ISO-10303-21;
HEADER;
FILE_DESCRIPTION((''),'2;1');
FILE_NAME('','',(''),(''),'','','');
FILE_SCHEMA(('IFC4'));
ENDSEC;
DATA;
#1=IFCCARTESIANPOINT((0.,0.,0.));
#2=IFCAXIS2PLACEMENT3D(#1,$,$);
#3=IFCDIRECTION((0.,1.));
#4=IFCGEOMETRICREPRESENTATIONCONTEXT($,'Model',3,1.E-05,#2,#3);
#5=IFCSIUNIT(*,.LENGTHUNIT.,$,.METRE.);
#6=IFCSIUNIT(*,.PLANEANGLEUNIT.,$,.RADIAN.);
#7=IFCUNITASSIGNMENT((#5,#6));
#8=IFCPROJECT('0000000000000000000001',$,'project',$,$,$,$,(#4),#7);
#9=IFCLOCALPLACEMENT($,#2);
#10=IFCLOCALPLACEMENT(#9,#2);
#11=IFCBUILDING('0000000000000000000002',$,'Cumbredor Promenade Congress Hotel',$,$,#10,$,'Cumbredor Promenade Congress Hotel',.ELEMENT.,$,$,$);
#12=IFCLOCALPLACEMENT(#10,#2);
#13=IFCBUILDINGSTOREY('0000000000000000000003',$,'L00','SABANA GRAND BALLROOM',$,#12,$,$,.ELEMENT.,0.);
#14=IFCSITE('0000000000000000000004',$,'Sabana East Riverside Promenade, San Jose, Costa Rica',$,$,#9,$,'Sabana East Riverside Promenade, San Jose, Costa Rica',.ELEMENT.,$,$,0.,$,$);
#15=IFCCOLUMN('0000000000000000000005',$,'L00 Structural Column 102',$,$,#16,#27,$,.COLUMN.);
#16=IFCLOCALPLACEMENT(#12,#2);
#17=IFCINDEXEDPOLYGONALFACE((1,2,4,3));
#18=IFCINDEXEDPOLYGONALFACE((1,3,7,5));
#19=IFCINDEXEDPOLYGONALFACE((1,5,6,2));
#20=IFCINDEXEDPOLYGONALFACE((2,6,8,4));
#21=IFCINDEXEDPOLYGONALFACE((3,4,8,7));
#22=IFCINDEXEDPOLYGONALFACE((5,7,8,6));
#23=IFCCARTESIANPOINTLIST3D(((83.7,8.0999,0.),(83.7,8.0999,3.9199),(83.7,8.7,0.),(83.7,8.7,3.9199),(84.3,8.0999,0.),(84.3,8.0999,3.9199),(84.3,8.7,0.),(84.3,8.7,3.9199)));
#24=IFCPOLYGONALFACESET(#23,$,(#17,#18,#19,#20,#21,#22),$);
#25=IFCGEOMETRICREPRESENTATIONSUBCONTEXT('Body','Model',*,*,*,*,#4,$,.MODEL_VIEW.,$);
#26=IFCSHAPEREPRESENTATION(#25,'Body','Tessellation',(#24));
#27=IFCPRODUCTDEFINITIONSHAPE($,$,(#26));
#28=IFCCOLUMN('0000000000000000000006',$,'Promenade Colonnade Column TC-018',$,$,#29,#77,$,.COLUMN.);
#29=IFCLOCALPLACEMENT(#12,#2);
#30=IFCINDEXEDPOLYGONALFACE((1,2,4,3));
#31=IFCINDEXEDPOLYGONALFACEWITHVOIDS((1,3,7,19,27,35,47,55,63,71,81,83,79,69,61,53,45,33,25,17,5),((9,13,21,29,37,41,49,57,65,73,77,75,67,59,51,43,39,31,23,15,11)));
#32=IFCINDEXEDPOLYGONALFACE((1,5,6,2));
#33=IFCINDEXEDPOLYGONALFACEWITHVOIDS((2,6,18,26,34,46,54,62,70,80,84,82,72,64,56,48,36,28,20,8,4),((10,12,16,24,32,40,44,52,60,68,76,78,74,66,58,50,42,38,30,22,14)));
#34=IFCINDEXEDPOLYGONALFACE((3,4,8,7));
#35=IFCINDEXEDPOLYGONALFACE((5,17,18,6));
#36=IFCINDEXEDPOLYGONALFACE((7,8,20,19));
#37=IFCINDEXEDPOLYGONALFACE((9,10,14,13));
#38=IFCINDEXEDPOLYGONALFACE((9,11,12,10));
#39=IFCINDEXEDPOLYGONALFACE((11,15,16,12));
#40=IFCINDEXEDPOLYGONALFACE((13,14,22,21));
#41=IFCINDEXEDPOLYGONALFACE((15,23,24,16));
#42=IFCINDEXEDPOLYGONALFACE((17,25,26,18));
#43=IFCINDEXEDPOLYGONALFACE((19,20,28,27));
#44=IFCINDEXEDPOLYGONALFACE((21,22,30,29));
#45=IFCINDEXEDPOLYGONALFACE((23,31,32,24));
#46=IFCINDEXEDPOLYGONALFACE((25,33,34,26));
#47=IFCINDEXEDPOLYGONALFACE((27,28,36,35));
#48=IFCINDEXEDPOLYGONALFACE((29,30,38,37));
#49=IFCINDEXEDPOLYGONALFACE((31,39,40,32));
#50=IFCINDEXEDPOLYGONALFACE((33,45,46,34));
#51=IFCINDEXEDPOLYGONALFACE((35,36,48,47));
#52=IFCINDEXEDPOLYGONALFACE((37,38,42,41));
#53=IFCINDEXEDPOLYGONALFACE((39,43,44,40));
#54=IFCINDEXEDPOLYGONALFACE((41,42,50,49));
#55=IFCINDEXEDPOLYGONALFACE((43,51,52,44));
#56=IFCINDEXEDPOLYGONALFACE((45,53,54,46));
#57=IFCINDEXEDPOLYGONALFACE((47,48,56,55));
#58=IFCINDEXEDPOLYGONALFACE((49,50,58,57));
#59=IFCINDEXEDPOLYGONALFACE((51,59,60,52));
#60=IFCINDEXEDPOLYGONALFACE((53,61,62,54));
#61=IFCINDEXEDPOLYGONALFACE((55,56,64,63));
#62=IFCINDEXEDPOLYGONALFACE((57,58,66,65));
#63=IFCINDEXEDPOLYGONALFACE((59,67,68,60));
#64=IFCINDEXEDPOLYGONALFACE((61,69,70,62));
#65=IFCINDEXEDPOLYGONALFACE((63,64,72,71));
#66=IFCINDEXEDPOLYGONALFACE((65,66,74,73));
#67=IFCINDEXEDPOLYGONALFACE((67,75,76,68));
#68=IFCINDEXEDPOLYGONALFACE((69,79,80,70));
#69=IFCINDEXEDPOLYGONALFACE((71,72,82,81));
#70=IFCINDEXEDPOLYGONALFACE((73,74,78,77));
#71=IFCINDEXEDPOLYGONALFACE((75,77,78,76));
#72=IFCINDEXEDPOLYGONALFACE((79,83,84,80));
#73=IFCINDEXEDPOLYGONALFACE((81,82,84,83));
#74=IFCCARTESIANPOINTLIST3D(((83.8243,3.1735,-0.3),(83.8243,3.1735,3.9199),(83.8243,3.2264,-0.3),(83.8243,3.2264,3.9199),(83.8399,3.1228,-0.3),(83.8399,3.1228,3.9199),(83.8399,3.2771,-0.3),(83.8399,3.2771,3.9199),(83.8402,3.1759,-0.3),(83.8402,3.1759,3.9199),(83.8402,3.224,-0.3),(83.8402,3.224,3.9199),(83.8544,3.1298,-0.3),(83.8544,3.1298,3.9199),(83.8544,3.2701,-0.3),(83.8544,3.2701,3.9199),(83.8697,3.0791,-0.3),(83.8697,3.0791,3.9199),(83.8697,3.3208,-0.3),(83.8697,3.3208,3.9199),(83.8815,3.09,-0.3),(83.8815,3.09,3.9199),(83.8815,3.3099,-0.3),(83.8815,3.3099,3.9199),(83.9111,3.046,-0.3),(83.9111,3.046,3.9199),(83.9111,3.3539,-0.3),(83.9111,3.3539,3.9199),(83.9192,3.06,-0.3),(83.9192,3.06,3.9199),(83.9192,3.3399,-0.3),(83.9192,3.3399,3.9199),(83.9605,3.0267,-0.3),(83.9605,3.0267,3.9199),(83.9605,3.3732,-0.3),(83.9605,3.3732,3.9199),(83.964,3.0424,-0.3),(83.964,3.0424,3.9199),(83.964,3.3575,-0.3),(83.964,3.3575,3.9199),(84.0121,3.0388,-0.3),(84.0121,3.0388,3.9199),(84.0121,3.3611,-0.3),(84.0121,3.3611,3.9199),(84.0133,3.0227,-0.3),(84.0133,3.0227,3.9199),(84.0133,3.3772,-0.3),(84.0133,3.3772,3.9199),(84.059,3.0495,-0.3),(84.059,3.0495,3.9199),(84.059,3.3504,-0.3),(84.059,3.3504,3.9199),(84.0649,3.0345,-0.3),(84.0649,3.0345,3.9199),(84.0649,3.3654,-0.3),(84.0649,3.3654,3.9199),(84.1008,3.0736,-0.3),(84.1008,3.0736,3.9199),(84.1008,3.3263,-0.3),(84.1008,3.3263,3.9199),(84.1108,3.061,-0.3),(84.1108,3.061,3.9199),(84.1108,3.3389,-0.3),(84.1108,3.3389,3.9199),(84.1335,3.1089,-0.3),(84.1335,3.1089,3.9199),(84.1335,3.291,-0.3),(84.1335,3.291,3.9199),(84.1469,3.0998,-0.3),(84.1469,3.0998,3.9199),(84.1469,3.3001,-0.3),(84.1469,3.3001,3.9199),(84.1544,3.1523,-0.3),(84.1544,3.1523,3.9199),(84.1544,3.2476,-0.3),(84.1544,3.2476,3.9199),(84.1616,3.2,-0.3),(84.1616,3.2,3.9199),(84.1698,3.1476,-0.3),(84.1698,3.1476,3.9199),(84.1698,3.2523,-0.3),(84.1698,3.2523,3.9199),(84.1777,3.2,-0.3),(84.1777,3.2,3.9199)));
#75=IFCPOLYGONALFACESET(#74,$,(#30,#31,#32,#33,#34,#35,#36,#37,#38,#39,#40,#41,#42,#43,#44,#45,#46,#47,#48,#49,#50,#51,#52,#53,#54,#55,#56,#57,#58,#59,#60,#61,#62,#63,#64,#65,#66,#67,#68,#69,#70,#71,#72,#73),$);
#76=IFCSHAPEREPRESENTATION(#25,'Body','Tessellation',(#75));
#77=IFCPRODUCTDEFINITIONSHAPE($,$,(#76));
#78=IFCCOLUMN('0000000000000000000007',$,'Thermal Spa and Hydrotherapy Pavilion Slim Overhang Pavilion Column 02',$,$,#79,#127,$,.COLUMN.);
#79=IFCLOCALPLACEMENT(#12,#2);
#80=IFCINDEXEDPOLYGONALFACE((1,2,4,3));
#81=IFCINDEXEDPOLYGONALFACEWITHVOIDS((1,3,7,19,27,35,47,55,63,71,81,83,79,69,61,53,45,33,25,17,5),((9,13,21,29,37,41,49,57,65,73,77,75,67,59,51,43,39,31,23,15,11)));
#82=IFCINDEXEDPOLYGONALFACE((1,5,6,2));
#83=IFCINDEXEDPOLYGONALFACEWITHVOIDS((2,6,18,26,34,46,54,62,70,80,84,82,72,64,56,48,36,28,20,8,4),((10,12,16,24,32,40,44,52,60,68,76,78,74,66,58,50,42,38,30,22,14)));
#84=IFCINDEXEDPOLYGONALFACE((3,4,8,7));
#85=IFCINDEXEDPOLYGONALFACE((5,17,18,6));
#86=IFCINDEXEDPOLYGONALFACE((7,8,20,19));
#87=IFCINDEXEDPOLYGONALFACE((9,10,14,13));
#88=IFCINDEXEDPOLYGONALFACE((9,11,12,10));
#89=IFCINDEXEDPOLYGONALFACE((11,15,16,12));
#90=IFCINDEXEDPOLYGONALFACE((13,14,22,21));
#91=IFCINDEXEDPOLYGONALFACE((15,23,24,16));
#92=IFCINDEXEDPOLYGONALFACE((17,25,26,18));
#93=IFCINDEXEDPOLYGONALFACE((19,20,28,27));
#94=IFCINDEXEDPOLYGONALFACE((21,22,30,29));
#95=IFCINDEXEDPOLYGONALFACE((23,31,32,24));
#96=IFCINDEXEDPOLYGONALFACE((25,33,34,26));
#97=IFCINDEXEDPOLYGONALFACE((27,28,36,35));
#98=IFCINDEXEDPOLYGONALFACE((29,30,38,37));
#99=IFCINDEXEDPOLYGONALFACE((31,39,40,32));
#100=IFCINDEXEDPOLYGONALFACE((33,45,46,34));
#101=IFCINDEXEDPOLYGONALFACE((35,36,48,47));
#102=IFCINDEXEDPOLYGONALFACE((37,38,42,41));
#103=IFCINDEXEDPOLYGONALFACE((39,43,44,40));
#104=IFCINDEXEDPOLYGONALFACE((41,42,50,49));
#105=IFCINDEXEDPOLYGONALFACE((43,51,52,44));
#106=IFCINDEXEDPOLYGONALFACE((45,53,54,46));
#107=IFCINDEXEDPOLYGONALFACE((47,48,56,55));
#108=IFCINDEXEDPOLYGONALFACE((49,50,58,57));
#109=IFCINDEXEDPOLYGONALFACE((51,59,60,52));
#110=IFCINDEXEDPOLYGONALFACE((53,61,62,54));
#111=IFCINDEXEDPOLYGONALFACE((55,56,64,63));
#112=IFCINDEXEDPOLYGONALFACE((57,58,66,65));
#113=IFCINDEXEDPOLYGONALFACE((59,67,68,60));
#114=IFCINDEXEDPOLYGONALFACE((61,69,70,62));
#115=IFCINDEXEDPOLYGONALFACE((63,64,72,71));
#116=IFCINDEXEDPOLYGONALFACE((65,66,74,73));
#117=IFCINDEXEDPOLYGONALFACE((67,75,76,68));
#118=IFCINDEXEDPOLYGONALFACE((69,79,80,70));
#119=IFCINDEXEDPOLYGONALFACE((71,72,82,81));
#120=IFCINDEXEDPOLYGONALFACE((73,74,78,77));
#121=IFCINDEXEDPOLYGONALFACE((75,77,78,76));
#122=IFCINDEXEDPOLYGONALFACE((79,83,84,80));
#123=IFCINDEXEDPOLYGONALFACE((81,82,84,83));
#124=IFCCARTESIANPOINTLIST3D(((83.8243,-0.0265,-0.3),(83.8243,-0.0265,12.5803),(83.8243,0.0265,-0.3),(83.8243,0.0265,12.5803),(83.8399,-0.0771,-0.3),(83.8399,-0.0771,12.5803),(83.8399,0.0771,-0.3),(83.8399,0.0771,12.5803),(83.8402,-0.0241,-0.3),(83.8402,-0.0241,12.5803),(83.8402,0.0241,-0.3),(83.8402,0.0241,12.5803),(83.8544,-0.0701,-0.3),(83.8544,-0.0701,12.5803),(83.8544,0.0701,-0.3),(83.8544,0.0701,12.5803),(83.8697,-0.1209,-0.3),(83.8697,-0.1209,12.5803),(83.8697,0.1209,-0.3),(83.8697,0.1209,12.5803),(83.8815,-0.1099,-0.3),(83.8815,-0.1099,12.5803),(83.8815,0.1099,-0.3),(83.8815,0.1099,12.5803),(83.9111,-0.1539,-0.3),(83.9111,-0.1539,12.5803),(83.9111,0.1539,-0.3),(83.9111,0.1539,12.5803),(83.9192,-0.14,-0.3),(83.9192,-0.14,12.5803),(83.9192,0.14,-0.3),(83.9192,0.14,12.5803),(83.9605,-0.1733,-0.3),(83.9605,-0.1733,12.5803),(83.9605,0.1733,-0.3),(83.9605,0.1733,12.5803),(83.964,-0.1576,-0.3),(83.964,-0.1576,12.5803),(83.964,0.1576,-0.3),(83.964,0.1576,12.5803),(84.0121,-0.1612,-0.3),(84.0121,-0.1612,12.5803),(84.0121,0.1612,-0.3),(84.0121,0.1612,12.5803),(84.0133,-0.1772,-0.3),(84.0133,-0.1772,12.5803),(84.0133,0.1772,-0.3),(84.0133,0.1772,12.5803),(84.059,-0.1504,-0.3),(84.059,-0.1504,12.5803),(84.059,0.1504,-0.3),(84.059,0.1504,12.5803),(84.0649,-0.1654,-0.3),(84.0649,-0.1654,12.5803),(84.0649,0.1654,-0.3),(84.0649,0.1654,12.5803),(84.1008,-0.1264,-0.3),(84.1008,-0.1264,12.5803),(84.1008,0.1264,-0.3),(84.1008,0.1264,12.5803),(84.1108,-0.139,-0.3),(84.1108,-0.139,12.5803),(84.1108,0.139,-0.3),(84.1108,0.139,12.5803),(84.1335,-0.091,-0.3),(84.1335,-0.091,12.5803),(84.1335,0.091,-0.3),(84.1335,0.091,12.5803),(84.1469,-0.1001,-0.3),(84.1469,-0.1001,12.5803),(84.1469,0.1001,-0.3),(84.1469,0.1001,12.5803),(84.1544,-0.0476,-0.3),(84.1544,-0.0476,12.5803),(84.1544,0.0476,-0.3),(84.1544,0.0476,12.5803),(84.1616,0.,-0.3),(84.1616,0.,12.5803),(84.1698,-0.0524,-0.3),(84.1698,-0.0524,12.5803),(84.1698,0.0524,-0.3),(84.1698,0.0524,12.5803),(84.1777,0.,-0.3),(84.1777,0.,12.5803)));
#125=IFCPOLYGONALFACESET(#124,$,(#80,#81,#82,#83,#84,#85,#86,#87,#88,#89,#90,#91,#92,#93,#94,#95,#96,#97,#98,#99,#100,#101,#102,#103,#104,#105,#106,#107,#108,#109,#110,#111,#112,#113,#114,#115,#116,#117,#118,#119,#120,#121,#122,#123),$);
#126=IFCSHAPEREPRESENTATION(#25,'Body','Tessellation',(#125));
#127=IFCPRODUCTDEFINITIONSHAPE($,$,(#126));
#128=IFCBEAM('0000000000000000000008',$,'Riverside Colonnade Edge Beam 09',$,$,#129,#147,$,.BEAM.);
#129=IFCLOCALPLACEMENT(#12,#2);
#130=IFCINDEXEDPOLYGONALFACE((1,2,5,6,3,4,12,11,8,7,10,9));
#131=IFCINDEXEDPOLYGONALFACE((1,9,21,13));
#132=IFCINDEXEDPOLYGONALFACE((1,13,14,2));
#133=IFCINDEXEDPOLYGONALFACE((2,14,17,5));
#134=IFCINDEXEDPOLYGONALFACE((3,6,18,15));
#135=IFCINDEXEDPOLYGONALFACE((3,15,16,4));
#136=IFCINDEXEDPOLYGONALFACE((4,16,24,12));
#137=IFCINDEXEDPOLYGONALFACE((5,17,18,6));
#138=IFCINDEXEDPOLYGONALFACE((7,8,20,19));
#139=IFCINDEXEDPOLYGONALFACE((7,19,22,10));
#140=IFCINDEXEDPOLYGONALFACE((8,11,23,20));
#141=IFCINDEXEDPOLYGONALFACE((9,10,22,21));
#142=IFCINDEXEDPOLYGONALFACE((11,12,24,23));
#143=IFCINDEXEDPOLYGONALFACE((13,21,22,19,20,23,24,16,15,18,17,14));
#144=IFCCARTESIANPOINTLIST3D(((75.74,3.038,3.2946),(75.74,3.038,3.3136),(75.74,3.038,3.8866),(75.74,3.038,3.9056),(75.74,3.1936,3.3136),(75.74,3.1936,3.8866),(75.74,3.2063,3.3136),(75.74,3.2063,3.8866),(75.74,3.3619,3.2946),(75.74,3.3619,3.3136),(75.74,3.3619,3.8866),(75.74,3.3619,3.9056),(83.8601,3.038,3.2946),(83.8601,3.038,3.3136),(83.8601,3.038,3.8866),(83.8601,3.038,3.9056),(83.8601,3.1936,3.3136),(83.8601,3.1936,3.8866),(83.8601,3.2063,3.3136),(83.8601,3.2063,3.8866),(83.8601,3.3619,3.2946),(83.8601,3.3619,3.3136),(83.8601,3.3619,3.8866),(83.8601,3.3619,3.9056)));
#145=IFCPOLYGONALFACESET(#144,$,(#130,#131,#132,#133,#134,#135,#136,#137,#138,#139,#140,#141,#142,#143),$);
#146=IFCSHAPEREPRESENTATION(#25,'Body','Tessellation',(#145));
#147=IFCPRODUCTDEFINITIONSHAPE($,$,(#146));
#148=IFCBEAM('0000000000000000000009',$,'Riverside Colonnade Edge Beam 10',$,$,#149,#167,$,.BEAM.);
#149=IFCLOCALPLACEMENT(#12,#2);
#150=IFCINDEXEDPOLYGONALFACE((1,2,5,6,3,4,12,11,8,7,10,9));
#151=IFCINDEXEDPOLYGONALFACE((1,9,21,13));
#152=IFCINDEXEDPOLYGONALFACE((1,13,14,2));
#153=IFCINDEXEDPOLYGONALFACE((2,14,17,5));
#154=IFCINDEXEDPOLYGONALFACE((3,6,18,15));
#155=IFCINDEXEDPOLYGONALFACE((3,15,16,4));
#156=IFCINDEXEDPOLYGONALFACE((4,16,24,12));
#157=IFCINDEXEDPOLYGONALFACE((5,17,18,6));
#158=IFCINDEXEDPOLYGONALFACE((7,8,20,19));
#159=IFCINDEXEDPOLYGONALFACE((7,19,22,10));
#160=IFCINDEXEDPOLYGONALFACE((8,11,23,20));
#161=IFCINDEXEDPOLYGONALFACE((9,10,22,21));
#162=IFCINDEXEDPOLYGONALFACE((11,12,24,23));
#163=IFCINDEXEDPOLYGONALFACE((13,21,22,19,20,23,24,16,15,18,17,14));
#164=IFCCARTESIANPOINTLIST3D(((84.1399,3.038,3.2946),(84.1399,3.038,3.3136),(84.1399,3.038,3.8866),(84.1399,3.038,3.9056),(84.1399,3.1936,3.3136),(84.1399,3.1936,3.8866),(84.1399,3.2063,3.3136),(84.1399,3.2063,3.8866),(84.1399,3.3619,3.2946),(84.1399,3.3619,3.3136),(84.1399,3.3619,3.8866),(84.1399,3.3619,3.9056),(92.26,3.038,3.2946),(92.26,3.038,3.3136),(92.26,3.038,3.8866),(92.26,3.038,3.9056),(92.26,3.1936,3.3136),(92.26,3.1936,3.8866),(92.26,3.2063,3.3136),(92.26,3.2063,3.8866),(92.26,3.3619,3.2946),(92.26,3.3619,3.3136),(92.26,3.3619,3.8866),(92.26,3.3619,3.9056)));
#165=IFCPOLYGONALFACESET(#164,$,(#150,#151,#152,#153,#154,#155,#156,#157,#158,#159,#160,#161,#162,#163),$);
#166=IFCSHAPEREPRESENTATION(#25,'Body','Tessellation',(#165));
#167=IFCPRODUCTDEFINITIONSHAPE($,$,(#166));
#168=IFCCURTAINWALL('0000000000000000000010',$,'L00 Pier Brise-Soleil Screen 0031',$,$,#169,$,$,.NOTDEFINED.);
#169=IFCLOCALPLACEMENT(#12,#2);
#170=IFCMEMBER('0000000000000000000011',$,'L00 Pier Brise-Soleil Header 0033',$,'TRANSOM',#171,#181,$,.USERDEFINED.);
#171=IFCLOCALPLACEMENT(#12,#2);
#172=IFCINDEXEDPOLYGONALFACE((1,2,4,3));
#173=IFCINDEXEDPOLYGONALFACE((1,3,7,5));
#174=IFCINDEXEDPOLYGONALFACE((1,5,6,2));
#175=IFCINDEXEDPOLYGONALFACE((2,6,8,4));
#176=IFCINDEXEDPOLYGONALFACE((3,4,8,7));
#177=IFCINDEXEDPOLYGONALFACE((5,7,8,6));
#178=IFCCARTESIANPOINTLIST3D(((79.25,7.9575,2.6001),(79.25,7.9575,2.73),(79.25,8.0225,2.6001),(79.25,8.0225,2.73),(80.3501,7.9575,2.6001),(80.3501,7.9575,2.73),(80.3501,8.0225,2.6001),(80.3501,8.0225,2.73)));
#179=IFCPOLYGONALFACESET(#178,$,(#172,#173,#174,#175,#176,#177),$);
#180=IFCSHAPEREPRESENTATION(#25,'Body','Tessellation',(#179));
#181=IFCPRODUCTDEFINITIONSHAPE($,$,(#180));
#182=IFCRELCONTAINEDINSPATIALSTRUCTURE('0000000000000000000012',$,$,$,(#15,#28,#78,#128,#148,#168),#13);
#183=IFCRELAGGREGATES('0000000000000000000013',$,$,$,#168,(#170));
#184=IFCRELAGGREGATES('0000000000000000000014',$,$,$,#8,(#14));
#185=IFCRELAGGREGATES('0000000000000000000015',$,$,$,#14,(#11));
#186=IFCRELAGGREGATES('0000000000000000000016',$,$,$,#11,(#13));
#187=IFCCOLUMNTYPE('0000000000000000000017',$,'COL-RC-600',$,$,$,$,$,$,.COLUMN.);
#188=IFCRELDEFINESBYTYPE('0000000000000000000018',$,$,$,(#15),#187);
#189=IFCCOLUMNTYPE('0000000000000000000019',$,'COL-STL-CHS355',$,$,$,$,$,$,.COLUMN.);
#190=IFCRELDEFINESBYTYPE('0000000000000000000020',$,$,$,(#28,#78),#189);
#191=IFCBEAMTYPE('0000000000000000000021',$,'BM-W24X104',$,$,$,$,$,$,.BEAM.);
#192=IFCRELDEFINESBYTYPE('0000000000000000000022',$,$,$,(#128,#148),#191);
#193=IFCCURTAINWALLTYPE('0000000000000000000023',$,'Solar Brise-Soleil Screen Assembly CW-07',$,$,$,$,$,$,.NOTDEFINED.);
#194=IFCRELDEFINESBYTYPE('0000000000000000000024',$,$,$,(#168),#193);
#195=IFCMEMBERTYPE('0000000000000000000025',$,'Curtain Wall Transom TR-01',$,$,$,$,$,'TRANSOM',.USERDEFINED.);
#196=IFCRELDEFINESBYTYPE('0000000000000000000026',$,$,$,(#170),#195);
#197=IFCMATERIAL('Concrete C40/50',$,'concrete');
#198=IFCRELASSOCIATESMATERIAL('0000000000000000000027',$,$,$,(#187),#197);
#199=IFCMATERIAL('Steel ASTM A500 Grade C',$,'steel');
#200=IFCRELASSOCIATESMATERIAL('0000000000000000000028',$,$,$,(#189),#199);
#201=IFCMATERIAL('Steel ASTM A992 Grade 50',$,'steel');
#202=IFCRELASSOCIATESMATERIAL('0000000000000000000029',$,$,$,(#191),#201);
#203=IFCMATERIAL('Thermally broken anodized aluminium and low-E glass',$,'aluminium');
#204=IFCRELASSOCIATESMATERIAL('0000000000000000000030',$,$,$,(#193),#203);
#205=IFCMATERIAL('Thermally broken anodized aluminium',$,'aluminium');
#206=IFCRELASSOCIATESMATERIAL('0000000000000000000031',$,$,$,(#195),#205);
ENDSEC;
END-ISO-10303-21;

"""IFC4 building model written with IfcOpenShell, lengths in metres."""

from ifc_helpers import new_model, si_unit, direction, frame, origin, origin_2d, place, context, subcontext, project, spatial, rectangle, hollow_circle, i_section, extrude, material, material_profile, profile_set, type_object, element, aggregate, save


model = new_model("IFC4")

# Units and contexts
model_context = context("Model", 3, precision=1e-05, world=origin(), true_north=direction((0.0, 1.0)))
body_context = subcontext(model_context, "Body", "Model", "MODEL_VIEW")
ifc_project = project(units=[si_unit("LENGTHUNIT", "METRE"), si_unit("PLANEANGLEUNIT", "RADIAN")], contexts=[model_context])

# Site, building, storey
site_placement = place(None, origin())
site = spatial("IfcSite", under=ifc_project, at=site_placement, Name="Sabana East Riverside Promenade, San Jose, Costa Rica", LongName="Sabana East Riverside Promenade, San Jose, Costa Rica", CompositionType="ELEMENT", RefElevation=0.0)
building_placement = place(site_placement, origin())
building = spatial("IfcBuilding", under=site, at=building_placement, Name="Cumbredor Promenade Congress Hotel", LongName="Cumbredor Promenade Congress Hotel", CompositionType="ELEMENT")
storey_placement = place(building_placement, origin())
storey = spatial("IfcBuildingStorey", under=building, at=storey_placement, Name="L00", Description="SABANA GRAND BALLROOM", CompositionType="ELEMENT", Elevation=0.0)

# Columns
ifc_material_1 = material(Name="Concrete C40/50", Category="concrete")
ifc_material_profile_1 = material_profile(ifc_material_1, rectangle(XDim=0.6001, YDim=0.6001, at=origin_2d()), Name="RC 600x600")
ifc_profile_set_1 = profile_set([ifc_material_profile_1], Name="Concrete C40/50")
column_type_1 = type_object("IfcColumnType", Name="COL-RC-600", PredefinedType="COLUMN", material=ifc_profile_set_1)
column_1_placement = place(storey_placement, frame((84.0, 8.3999, 0.0), z_axis=(0.0, 0.0, 1.0), x_axis=(1.0, 0.0, 0.0)))
element("IfcColumn", 1, at=column_1_placement, inside=storey, type_object=column_type_1, Name="L00 Structural Column 102", PredefinedType="COLUMN", context=body_context, shape_type="SweptSolid", body=[
    extrude(rectangle(XDim=0.6001, YDim=0.6001, at=origin_2d()), origin(), (0.0, 0.0, 1.0), 3.9199),
])
ifc_material_2 = material(Name="Steel ASTM A500 Grade C", Category="steel")
ifc_material_profile_2 = material_profile(ifc_material_2, hollow_circle(Radius=0.1777, WallThickness=0.0161, at=origin_2d()), Name="CHS 355.6x16")
ifc_profile_set_2 = profile_set([ifc_material_profile_2], Name="Steel ASTM A500 Grade C")
column_type_2 = type_object("IfcColumnType", Name="COL-STL-CHS355", PredefinedType="COLUMN", material=ifc_profile_set_2)
column_2_placement = place(storey_placement, frame((84.0, 3.2, -0.3), z_axis=(0.0, 0.0, 1.0), x_axis=(1.0, 0.0, 0.0)))
element("IfcColumn", 2, at=column_2_placement, inside=storey, type_object=column_type_2, Name="Promenade Colonnade Column TC-018", PredefinedType="COLUMN", context=body_context, shape_type="SweptSolid", body=[
    extrude(hollow_circle(Radius=0.1777, WallThickness=0.0161, at=origin_2d()), origin(), (0.0, 0.0, 1.0), 4.22),
])
column_3_placement = place(storey_placement, frame((84.0, 0.0, -0.3), z_axis=(0.0, 0.0, 1.0), x_axis=(1.0, 0.0, 0.0)))
element("IfcColumn", 3, at=column_3_placement, inside=storey, type_object=column_type_2, Name="Thermal Spa and Hydrotherapy Pavilion Slim Overhang Pavilion Column 02", PredefinedType="COLUMN", context=body_context, shape_type="SweptSolid", body=[
    extrude(hollow_circle(Radius=0.1777, WallThickness=0.0161, at=origin_2d()), origin(), (0.0, 0.0, 1.0), 12.8804),
])

# Beams
ifc_material_3 = material(Name="Steel ASTM A992 Grade 50", Category="steel")
ifc_material_profile_3 = material_profile(ifc_material_3, i_section(OverallWidth=0.324, OverallDepth=0.6111, WebThickness=0.0127, FlangeThickness=0.019, at=origin_2d()), Name="W24X104")
ifc_profile_set_3 = profile_set([ifc_material_profile_3], Name="Steel ASTM A992 Grade 50")
beam_type_1 = type_object("IfcBeamType", Name="BM-W24X104", PredefinedType="BEAM", material=ifc_profile_set_3)
for number, where, z_axis, x_axis, name in (
    (4, (75.74, 3.2, 3.6001), (1.0, 0.0, 0.0), (0.0, 1.0, 0.0), "Riverside Colonnade Edge Beam 09"),
    (5, (84.1399, 3.2, 3.6001), (1.0, 0.0, 0.0), (0.0, 1.0, 0.0), "Riverside Colonnade Edge Beam 10"),
):
    element("IfcBeam", number, at=place(storey_placement, frame(where, z_axis=z_axis, x_axis=x_axis)), inside=storey, type_object=beam_type_1, Name=name, PredefinedType="BEAM", context=body_context, shape_type="SweptSolid", body=[
        extrude(i_section(OverallWidth=0.324, OverallDepth=0.6111, WebThickness=0.0127, FlangeThickness=0.019, at=origin_2d()), origin(), (0.0, 0.0, 1.0), 8.1201),
    ])

# Curtain wall, member
ifc_material_4 = material(Name="Thermally broken anodized aluminium and low-E glass", Category="aluminium")
curtain_wall_type = type_object("IfcCurtainWallType", Name="Solar Brise-Soleil Screen Assembly CW-07", PredefinedType="NOTDEFINED", material=ifc_material_4)
curtain_wall_placement = place(storey_placement, origin())
curtain_wall = element("IfcCurtainWall", 6, at=curtain_wall_placement, inside=storey, type_object=curtain_wall_type, Name="L00 Pier Brise-Soleil Screen 0031", PredefinedType="NOTDEFINED")
ifc_material_5 = material(Name="Thermally broken anodized aluminium", Category="aluminium")
ifc_material_profile_4 = material_profile(ifc_material_5, rectangle(XDim=0.0649, YDim=0.1299, at=origin_2d()), Name="ALU TRANSOM 65x130")
ifc_profile_set_4 = profile_set([ifc_material_profile_4], Name="Thermally broken anodized aluminium")
member_type_1 = type_object("IfcMemberType", Name="Curtain Wall Transom TR-01", ElementType="TRANSOM", PredefinedType="USERDEFINED", material=ifc_profile_set_4)
member_1_placement = place(storey_placement, frame((79.25, 7.99, 2.665), z_axis=(1.0, 0.0, 0.0), x_axis=(0.0, 1.0, 0.0)))
member_1 = element("IfcMember", 7, at=member_1_placement, type_object=member_type_1, Name="L00 Pier Brise-Soleil Header 0033", ObjectType="TRANSOM", PredefinedType="USERDEFINED", context=body_context, shape_type="SweptSolid", body=[
    extrude(rectangle(XDim=0.0649, YDim=0.1299, at=origin_2d()), origin(), (0.0, 0.0, 1.0), 1.1001),
])

aggregate(curtain_wall, [member_1])

save(model, "model.ifc")
